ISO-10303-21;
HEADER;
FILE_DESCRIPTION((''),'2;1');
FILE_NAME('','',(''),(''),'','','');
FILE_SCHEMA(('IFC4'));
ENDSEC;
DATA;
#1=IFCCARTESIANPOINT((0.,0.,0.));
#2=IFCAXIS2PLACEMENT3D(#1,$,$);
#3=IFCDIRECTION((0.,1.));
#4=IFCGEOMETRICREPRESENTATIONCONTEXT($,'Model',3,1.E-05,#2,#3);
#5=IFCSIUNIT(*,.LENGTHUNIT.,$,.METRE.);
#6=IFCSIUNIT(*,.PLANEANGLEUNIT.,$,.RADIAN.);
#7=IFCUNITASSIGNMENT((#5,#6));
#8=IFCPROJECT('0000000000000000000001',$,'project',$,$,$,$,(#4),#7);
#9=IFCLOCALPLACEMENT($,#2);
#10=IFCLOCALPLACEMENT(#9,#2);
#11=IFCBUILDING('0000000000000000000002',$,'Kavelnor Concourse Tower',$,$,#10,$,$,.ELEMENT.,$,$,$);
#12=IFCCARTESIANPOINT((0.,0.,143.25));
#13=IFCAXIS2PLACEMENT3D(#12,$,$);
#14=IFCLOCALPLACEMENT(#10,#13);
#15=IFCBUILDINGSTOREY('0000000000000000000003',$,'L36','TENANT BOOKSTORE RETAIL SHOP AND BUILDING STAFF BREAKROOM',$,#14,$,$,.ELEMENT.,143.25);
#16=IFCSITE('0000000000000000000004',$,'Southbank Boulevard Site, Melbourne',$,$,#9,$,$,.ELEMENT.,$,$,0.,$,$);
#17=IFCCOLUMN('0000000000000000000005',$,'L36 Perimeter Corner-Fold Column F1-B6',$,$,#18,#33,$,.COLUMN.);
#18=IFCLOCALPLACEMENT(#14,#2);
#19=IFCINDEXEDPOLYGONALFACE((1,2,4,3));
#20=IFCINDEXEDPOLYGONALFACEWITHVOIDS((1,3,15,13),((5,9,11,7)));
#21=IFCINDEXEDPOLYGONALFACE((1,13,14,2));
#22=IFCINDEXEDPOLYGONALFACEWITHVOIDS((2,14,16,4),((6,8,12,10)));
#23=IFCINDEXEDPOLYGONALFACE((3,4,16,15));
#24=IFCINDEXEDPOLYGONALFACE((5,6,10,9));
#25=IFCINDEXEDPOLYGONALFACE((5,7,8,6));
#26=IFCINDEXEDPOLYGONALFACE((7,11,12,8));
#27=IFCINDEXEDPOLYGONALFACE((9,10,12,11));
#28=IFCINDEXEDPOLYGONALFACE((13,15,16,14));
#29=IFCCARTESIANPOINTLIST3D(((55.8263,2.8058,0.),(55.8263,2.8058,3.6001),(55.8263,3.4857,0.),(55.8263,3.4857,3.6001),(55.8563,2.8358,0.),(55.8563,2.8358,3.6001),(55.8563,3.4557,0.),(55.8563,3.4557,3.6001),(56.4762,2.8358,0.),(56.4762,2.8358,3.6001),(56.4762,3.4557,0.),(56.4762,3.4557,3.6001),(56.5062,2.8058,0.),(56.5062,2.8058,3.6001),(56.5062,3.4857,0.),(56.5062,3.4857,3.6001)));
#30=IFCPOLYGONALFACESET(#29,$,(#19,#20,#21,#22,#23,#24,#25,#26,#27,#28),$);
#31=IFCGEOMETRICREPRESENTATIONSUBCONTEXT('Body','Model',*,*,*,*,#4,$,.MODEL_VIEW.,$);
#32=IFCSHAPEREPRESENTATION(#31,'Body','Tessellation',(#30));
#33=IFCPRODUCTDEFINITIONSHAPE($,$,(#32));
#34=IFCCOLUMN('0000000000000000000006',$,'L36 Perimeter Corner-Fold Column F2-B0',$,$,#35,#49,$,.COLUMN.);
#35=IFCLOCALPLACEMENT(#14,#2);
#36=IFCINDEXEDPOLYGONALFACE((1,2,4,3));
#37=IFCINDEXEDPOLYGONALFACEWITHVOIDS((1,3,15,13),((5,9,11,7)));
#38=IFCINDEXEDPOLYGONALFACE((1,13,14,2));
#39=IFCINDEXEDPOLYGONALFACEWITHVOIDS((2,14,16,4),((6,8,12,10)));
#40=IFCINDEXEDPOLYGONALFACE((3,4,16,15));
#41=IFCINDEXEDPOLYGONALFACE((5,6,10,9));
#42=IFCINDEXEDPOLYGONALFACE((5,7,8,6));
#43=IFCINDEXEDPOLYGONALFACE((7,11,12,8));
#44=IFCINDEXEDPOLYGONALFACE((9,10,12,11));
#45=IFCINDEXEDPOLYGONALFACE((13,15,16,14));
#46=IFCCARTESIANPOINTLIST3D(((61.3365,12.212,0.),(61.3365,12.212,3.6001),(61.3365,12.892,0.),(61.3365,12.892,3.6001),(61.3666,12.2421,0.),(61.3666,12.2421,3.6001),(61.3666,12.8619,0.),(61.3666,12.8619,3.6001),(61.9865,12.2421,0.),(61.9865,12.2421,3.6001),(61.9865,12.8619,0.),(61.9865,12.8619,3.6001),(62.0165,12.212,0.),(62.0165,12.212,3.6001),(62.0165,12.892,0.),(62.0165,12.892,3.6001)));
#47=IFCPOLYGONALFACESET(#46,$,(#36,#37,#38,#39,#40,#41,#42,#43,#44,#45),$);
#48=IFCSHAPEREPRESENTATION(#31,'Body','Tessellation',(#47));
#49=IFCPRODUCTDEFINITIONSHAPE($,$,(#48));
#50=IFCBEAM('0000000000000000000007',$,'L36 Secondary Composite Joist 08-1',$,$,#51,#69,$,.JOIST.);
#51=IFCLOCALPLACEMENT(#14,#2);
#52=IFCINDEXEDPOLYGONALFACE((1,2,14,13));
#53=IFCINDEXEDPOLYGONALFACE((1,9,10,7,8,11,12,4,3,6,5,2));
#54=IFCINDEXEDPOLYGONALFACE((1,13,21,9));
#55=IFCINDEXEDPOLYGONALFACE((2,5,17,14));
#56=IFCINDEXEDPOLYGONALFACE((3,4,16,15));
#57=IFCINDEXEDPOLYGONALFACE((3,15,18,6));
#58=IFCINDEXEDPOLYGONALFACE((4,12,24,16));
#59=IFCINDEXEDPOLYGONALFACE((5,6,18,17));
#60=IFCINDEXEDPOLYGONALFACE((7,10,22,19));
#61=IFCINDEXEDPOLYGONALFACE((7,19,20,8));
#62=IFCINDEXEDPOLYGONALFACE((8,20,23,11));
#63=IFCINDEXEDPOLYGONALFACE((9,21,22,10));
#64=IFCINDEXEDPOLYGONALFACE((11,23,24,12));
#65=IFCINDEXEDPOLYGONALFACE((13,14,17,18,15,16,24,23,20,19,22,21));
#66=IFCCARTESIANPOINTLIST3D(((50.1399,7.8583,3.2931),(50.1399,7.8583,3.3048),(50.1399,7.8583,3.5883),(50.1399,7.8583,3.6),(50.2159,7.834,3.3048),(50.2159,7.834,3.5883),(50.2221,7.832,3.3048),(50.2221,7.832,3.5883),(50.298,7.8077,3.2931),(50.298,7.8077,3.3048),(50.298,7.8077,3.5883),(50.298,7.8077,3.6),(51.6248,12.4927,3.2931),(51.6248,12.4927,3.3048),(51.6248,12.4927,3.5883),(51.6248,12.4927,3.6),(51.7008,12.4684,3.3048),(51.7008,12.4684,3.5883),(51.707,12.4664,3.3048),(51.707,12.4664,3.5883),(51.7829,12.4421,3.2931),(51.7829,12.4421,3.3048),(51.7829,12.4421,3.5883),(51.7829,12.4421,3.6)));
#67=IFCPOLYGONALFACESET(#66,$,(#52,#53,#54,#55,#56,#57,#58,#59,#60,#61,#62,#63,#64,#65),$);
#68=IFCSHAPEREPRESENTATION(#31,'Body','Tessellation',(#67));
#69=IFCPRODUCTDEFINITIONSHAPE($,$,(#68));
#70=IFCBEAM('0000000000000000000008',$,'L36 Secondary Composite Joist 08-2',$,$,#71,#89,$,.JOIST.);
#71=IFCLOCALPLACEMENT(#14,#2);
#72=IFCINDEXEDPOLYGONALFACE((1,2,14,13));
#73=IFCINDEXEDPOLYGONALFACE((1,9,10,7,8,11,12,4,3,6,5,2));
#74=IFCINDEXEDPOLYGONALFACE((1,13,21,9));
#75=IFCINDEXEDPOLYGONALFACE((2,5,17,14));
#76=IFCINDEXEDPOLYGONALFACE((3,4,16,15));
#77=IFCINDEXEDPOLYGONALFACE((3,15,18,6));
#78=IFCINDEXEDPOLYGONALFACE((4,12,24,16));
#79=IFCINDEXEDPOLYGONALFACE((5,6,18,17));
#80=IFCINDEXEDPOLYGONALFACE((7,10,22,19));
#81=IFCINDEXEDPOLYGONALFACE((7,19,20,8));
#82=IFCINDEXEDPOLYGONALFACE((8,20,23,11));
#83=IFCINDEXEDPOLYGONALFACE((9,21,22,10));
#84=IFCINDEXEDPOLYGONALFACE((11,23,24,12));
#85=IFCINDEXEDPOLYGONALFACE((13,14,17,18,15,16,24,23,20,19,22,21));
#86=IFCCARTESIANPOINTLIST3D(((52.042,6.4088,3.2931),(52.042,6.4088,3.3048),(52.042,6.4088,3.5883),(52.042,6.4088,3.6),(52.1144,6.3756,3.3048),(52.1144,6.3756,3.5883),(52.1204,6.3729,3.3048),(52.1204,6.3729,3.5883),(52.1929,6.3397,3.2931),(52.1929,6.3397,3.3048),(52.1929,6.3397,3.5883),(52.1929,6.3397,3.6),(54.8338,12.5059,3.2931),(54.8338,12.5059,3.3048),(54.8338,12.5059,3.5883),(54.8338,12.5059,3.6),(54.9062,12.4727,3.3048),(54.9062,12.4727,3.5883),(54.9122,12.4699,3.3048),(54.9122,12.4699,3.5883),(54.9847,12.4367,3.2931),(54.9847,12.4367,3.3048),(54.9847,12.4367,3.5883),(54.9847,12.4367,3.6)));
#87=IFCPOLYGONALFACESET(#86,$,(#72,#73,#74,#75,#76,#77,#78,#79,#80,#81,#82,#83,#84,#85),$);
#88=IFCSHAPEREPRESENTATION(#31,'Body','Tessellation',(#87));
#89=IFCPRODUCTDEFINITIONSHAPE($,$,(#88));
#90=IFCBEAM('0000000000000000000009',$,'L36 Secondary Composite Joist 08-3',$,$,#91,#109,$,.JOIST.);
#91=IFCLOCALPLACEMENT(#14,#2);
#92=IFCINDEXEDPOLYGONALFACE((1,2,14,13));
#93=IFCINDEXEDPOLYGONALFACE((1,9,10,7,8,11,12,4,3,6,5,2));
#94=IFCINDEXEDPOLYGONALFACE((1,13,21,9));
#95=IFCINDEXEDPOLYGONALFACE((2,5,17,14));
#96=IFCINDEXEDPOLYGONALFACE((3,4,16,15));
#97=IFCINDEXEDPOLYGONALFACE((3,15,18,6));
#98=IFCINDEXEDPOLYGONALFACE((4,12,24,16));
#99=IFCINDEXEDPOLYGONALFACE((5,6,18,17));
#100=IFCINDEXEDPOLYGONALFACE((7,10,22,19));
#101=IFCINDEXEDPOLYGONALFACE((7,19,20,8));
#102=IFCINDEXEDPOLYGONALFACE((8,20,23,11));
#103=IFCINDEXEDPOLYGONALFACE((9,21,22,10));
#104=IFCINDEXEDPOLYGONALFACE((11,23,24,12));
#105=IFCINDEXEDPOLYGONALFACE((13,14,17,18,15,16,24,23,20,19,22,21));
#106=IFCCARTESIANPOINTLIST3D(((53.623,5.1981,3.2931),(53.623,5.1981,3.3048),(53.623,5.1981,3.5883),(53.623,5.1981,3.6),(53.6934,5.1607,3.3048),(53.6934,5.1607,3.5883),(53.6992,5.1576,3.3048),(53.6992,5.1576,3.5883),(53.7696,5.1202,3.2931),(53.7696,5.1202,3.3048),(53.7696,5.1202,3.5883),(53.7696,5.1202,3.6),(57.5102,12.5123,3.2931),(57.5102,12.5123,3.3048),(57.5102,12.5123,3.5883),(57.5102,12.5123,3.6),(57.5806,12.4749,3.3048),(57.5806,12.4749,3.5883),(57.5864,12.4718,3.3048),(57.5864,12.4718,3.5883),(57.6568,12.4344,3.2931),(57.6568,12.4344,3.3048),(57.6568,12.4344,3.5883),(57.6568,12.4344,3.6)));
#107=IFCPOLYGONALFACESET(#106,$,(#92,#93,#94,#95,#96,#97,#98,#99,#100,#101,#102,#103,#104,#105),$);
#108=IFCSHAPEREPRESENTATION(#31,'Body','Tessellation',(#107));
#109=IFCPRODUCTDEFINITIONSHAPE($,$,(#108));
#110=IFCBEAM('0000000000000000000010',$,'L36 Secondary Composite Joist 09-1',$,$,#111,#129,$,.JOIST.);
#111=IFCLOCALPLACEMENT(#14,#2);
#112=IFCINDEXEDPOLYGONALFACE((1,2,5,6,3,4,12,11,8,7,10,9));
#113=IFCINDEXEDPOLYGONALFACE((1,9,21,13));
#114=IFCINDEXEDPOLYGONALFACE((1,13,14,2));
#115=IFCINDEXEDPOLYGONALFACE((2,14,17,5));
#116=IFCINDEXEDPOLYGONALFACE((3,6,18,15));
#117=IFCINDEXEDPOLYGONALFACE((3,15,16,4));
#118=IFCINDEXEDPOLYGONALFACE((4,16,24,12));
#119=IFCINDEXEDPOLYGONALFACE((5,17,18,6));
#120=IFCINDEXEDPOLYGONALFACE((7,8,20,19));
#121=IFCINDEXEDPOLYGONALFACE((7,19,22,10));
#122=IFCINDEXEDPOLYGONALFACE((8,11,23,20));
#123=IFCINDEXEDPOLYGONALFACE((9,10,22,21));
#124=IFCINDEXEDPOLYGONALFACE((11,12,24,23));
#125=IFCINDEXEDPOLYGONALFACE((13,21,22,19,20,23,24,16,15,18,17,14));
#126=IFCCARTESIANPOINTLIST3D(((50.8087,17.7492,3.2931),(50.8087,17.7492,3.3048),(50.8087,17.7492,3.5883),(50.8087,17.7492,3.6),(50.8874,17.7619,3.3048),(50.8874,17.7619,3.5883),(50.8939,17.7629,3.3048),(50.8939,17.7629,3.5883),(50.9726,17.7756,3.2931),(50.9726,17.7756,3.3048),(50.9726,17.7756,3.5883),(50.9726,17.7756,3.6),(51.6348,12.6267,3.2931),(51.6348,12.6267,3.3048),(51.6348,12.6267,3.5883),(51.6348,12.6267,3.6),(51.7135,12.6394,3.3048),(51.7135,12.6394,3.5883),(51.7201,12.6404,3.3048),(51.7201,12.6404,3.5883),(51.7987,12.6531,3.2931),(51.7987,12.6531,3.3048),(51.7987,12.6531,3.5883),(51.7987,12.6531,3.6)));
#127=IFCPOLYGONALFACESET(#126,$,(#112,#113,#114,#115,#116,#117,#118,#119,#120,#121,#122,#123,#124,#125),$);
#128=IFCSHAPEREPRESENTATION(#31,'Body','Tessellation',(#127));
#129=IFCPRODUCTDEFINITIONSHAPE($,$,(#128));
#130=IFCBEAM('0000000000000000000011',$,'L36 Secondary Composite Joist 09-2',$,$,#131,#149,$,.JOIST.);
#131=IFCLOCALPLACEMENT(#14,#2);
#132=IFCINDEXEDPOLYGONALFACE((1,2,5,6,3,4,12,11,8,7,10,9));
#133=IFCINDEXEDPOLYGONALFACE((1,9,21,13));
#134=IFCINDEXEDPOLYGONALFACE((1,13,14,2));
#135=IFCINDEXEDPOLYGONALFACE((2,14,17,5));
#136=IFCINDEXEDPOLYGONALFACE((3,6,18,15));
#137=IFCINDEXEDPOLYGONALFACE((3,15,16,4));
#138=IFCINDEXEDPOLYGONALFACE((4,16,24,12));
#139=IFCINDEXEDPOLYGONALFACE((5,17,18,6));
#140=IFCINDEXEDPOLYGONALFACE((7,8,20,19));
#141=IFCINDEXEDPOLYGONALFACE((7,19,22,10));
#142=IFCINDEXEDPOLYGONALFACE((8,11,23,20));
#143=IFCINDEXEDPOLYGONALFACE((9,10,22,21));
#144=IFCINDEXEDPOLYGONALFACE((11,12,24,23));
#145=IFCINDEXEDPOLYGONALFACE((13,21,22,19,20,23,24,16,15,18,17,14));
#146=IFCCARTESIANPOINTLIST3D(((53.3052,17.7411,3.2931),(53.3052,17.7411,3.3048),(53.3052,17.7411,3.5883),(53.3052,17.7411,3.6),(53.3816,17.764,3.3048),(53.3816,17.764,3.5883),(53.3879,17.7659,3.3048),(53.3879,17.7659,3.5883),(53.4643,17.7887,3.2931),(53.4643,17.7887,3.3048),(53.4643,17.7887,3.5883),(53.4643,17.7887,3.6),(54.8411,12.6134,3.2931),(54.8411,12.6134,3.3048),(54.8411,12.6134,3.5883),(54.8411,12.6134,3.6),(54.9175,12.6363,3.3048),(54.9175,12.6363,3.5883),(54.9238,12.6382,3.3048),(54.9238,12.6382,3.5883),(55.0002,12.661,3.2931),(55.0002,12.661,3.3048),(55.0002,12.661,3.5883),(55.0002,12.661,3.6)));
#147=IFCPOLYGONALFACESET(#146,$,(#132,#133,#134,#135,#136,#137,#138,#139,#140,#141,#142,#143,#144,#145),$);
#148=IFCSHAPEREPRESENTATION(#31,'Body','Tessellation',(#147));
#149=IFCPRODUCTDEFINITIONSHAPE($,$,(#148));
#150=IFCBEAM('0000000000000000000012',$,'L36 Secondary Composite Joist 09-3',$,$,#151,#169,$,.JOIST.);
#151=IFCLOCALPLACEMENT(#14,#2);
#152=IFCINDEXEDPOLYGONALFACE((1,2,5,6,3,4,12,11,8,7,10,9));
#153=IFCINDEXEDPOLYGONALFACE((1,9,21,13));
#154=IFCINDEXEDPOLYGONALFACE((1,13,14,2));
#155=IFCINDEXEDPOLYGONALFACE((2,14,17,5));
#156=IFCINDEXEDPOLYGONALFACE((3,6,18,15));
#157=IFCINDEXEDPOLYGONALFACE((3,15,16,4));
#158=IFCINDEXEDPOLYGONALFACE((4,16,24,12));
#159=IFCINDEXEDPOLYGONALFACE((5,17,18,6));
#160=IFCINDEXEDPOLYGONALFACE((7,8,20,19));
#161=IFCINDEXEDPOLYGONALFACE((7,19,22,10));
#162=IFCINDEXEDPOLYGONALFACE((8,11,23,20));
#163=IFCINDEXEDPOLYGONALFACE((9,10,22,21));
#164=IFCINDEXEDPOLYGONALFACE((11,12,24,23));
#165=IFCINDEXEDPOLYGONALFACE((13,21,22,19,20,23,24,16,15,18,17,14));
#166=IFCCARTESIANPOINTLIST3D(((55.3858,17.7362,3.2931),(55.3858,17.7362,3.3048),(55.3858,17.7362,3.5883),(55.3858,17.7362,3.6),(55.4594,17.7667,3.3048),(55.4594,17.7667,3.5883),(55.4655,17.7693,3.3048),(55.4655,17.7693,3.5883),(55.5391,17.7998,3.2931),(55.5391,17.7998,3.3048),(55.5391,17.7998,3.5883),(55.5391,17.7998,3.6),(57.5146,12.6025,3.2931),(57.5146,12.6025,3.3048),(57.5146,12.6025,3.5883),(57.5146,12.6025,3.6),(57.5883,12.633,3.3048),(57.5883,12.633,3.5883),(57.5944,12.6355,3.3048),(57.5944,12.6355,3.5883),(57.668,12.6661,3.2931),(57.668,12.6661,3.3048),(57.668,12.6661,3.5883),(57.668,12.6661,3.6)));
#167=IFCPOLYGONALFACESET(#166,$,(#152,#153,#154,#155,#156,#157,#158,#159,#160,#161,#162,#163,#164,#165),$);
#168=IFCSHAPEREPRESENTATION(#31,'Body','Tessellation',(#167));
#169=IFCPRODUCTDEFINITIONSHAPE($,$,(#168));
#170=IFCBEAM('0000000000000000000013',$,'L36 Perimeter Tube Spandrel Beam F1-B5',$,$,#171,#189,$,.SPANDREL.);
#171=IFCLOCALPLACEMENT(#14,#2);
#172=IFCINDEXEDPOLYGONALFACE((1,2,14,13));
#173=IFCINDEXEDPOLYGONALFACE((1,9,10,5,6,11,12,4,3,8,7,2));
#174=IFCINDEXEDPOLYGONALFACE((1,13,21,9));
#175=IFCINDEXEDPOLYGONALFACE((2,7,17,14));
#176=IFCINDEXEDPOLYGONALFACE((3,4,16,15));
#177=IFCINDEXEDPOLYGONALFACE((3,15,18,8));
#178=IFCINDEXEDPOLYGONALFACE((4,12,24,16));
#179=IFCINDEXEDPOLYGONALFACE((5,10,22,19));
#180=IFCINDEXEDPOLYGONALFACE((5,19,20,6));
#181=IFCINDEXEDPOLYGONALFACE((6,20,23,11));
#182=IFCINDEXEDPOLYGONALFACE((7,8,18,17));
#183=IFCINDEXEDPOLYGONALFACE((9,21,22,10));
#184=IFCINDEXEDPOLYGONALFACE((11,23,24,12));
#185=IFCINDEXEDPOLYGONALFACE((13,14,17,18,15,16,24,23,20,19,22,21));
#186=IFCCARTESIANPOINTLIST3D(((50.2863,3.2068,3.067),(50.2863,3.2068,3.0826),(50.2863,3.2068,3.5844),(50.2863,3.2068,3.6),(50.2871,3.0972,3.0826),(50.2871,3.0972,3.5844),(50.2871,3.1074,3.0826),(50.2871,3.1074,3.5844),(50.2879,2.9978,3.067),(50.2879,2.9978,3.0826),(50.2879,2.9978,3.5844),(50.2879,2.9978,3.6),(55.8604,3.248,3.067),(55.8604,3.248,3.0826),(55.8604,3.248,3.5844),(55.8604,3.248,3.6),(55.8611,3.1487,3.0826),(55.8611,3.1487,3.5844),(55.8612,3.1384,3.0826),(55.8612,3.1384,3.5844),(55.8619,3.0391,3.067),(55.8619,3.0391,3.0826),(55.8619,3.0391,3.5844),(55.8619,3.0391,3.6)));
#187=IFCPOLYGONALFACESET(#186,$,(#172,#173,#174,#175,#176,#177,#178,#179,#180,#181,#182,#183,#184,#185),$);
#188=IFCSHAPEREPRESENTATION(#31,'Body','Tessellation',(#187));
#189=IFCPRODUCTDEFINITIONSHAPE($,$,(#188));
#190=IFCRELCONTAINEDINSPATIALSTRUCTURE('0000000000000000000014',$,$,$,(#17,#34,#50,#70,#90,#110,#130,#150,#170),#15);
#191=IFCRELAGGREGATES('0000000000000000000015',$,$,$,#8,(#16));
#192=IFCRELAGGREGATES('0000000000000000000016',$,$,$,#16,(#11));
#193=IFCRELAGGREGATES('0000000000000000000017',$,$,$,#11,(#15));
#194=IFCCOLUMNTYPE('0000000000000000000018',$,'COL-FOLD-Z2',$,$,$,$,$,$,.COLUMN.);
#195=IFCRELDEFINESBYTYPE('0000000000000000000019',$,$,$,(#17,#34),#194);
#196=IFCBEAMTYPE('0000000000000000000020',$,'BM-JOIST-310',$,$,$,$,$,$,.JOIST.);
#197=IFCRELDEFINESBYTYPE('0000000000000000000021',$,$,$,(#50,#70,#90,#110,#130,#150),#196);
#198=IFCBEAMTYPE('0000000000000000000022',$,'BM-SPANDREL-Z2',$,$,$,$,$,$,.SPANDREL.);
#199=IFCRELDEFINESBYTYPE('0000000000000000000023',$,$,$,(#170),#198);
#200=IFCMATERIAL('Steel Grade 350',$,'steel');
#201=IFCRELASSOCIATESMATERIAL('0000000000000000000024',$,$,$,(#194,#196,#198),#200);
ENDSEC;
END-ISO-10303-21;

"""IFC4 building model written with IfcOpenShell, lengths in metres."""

from ifc_helpers import new_model, si_unit, direction, frame, origin, origin_2d, place, context, subcontext, project, spatial, hollow_rectangle, i_section, extrude, material, material_profile, profile_set, type_object, element, save


model = new_model("IFC4")

# Units and contexts
model_context = context("Model", 3, precision=1e-05, world=origin(), true_north=direction((0.0, 1.0)))
body_context = subcontext(model_context, "Body", "Model", "MODEL_VIEW")
ifc_project = project(units=[si_unit("LENGTHUNIT", "METRE"), si_unit("PLANEANGLEUNIT", "RADIAN")], contexts=[model_context])

# Site, building, storey
site_placement = place(None, origin())
site = spatial("IfcSite", under=ifc_project, at=site_placement, Name="Southbank Boulevard Site, Melbourne", CompositionType="ELEMENT", RefElevation=0.0)
building_placement = place(site_placement, origin())
building = spatial("IfcBuilding", under=site, at=building_placement, Name="Kavelnor Concourse Tower", CompositionType="ELEMENT")
storey_placement = place(building_placement, frame((0.0, 0.0, 143.25)))
storey = spatial("IfcBuildingStorey", under=building, at=storey_placement, Name="L36", Description="TENANT BOOKSTORE RETAIL SHOP AND BUILDING STAFF BREAKROOM", CompositionType="ELEMENT", Elevation=143.25)

# Columns
ifc_material_1 = material(Name="Steel Grade 350", Category="steel")
ifc_material_profile_1 = material_profile(ifc_material_1, hollow_rectangle(XDim=0.6799, YDim=0.6799, WallThickness=0.03, at=origin_2d()), Name="SHS 680x680x30")
ifc_profile_set_1 = profile_set([ifc_material_profile_1], Name="Steel Grade 350")
column_type = type_object("IfcColumnType", Name="COL-FOLD-Z2", PredefinedType="COLUMN", material=ifc_profile_set_1)
for number, where, z_axis, x_axis, name in (
    (1, (56.1663, 3.1458, 0.0), (0.0, 0.0, 1.0), (1.0, 0.0, 0.0), "L36 Perimeter Corner-Fold Column F1-B6"),
    (2, (61.6765, 12.552, 0.0), (0.0, 0.0, 1.0), (1.0, 0.0, 0.0), "L36 Perimeter Corner-Fold Column F2-B0"),
):
    element("IfcColumn", number, at=place(storey_placement, frame(where, z_axis=z_axis, x_axis=x_axis)), inside=storey, type_object=column_type, Name=name, PredefinedType="COLUMN", context=body_context, shape_type="SweptSolid", body=[
        extrude(hollow_rectangle(XDim=0.6799, YDim=0.6799, WallThickness=0.03, at=origin_2d()), origin(), (0.0, 0.0, 1.0), 3.6001),
    ])

# Beams
ifc_material_profile_2 = material_profile(ifc_material_1, i_section(OverallWidth=0.166, OverallDepth=0.3069, WebThickness=0.0066, FlangeThickness=0.0117, at=origin_2d()), Name="310UB46")
ifc_profile_set_2 = profile_set([ifc_material_profile_2], Name="Steel Grade 350")
beam_type_1 = type_object("IfcBeamType", Name="BM-JOIST-310", PredefinedType="JOIST", material=ifc_profile_set_2)
beam_1_placement = place(storey_placement, frame((50.219, 7.833, 3.4465), z_axis=(0.305129, 0.952311, 0.0), x_axis=(-0.952311, 0.305129, 0.0)))
element("IfcBeam", 3, at=beam_1_placement, inside=storey, type_object=beam_type_1, Name="L36 Secondary Composite Joist 08-1", PredefinedType="JOIST", context=body_context, shape_type="SweptSolid", body=[
    extrude(i_section(OverallWidth=0.166, OverallDepth=0.3069, WebThickness=0.0066, FlangeThickness=0.0117, at=origin_2d()), origin(), (0.0, 0.0, 1.0), 4.8665),
])
beam_2_placement = place(storey_placement, frame((52.1174, 6.3743, 3.4465), z_axis=(0.416325, 0.909216, 0.0), x_axis=(-0.909216, 0.416325, 0.0)))
element("IfcBeam", 4, at=beam_2_placement, inside=storey, type_object=beam_type_1, Name="L36 Secondary Composite Joist 08-2", PredefinedType="JOIST", context=body_context, shape_type="SweptSolid", body=[
    extrude(i_section(OverallWidth=0.166, OverallDepth=0.3069, WebThickness=0.0066, FlangeThickness=0.0117, at=origin_2d()), origin(), (0.0, 0.0, 1.0), 6.7058),
])
beam_3_placement = place(storey_placement, frame((53.6963, 5.1592, 3.4465), z_axis=(0.4693, 0.883039, 0.0), x_axis=(-0.883039, 0.4693, 0.0)))
element("IfcBeam", 5, at=beam_3_placement, inside=storey, type_object=beam_type_1, Name="L36 Secondary Composite Joist 08-3", PredefinedType="JOIST", context=body_context, shape_type="SweptSolid", body=[
    extrude(i_section(OverallWidth=0.166, OverallDepth=0.3069, WebThickness=0.0066, FlangeThickness=0.0117, at=origin_2d()), origin(), (0.0, 0.0, 1.0), 8.283),
])
beam_4_placement = place(storey_placement, frame((51.7168, 12.6399, 3.4465), z_axis=(-0.159224, 0.987243, 0.0), x_axis=(-0.987243, -0.159224, 0.0)))
element("IfcBeam", 6, at=beam_4_placement, inside=storey, type_object=beam_type_1, Name="L36 Secondary Composite Joist 09-1", PredefinedType="JOIST", context=body_context, shape_type="SweptSolid", body=[
    extrude(i_section(OverallWidth=0.166, OverallDepth=0.3069, WebThickness=0.0066, FlangeThickness=0.0117, at=origin_2d()), origin(), (0.0, 0.0, 1.0), 5.1887),
])
beam_5_placement = place(storey_placement, frame((54.9207, 12.6372, 3.4465), z_axis=(-0.286934, 0.95795, 0.0), x_axis=(-0.95795, -0.286934, 0.0)))
element("IfcBeam", 7, at=beam_5_placement, inside=storey, type_object=beam_type_1, Name="L36 Secondary Composite Joist 09-2", PredefinedType="JOIST", context=body_context, shape_type="SweptSolid", body=[
    extrude(i_section(OverallWidth=0.166, OverallDepth=0.3069, WebThickness=0.0066, FlangeThickness=0.0117, at=origin_2d()), origin(), (0.0, 0.0, 1.0), 5.3528),
])
beam_6_placement = place(storey_placement, frame((57.5913, 12.6343, 3.4465), z_axis=(-0.383055, 0.923725, 0.0), x_axis=(-0.923725, -0.383055, 0.0)))
element("IfcBeam", 8, at=beam_6_placement, inside=storey, type_object=beam_type_1, Name="L36 Secondary Composite Joist 09-3", PredefinedType="JOIST", context=body_context, shape_type="SweptSolid", body=[
    extrude(i_section(OverallWidth=0.166, OverallDepth=0.3069, WebThickness=0.0066, FlangeThickness=0.0117, at=origin_2d()), origin(), (0.0, 0.0, 1.0), 5.5576),
])
ifc_material_profile_3 = material_profile(ifc_material_1, i_section(OverallWidth=0.209, OverallDepth=0.533, WebThickness=0.0103, FlangeThickness=0.0156, at=origin_2d()), Name="530UB92")
ifc_profile_set_3 = profile_set([ifc_material_profile_3], Name="Steel Grade 350")
beam_type_2 = type_object("IfcBeamType", Name="BM-SPANDREL-Z2", PredefinedType="SPANDREL", material=ifc_profile_set_3)
beam_7_placement = place(storey_placement, frame((50.2871, 3.1023, 3.3335), z_axis=(0.999973, 0.007402, 0.0), x_axis=(-0.007402, 0.999973, 0.0)))
element("IfcBeam", 9, at=beam_7_placement, inside=storey, type_object=beam_type_2, Name="L36 Perimeter Tube Spandrel Beam F1-B5", PredefinedType="SPANDREL", context=body_context, shape_type="SweptSolid", body=[
    extrude(i_section(OverallWidth=0.209, OverallDepth=0.533, WebThickness=0.0103, FlangeThickness=0.0156, at=origin_2d()), origin(), (0.0, 0.0, 1.0), 5.5742),
])

save(model, "model.ifc")
